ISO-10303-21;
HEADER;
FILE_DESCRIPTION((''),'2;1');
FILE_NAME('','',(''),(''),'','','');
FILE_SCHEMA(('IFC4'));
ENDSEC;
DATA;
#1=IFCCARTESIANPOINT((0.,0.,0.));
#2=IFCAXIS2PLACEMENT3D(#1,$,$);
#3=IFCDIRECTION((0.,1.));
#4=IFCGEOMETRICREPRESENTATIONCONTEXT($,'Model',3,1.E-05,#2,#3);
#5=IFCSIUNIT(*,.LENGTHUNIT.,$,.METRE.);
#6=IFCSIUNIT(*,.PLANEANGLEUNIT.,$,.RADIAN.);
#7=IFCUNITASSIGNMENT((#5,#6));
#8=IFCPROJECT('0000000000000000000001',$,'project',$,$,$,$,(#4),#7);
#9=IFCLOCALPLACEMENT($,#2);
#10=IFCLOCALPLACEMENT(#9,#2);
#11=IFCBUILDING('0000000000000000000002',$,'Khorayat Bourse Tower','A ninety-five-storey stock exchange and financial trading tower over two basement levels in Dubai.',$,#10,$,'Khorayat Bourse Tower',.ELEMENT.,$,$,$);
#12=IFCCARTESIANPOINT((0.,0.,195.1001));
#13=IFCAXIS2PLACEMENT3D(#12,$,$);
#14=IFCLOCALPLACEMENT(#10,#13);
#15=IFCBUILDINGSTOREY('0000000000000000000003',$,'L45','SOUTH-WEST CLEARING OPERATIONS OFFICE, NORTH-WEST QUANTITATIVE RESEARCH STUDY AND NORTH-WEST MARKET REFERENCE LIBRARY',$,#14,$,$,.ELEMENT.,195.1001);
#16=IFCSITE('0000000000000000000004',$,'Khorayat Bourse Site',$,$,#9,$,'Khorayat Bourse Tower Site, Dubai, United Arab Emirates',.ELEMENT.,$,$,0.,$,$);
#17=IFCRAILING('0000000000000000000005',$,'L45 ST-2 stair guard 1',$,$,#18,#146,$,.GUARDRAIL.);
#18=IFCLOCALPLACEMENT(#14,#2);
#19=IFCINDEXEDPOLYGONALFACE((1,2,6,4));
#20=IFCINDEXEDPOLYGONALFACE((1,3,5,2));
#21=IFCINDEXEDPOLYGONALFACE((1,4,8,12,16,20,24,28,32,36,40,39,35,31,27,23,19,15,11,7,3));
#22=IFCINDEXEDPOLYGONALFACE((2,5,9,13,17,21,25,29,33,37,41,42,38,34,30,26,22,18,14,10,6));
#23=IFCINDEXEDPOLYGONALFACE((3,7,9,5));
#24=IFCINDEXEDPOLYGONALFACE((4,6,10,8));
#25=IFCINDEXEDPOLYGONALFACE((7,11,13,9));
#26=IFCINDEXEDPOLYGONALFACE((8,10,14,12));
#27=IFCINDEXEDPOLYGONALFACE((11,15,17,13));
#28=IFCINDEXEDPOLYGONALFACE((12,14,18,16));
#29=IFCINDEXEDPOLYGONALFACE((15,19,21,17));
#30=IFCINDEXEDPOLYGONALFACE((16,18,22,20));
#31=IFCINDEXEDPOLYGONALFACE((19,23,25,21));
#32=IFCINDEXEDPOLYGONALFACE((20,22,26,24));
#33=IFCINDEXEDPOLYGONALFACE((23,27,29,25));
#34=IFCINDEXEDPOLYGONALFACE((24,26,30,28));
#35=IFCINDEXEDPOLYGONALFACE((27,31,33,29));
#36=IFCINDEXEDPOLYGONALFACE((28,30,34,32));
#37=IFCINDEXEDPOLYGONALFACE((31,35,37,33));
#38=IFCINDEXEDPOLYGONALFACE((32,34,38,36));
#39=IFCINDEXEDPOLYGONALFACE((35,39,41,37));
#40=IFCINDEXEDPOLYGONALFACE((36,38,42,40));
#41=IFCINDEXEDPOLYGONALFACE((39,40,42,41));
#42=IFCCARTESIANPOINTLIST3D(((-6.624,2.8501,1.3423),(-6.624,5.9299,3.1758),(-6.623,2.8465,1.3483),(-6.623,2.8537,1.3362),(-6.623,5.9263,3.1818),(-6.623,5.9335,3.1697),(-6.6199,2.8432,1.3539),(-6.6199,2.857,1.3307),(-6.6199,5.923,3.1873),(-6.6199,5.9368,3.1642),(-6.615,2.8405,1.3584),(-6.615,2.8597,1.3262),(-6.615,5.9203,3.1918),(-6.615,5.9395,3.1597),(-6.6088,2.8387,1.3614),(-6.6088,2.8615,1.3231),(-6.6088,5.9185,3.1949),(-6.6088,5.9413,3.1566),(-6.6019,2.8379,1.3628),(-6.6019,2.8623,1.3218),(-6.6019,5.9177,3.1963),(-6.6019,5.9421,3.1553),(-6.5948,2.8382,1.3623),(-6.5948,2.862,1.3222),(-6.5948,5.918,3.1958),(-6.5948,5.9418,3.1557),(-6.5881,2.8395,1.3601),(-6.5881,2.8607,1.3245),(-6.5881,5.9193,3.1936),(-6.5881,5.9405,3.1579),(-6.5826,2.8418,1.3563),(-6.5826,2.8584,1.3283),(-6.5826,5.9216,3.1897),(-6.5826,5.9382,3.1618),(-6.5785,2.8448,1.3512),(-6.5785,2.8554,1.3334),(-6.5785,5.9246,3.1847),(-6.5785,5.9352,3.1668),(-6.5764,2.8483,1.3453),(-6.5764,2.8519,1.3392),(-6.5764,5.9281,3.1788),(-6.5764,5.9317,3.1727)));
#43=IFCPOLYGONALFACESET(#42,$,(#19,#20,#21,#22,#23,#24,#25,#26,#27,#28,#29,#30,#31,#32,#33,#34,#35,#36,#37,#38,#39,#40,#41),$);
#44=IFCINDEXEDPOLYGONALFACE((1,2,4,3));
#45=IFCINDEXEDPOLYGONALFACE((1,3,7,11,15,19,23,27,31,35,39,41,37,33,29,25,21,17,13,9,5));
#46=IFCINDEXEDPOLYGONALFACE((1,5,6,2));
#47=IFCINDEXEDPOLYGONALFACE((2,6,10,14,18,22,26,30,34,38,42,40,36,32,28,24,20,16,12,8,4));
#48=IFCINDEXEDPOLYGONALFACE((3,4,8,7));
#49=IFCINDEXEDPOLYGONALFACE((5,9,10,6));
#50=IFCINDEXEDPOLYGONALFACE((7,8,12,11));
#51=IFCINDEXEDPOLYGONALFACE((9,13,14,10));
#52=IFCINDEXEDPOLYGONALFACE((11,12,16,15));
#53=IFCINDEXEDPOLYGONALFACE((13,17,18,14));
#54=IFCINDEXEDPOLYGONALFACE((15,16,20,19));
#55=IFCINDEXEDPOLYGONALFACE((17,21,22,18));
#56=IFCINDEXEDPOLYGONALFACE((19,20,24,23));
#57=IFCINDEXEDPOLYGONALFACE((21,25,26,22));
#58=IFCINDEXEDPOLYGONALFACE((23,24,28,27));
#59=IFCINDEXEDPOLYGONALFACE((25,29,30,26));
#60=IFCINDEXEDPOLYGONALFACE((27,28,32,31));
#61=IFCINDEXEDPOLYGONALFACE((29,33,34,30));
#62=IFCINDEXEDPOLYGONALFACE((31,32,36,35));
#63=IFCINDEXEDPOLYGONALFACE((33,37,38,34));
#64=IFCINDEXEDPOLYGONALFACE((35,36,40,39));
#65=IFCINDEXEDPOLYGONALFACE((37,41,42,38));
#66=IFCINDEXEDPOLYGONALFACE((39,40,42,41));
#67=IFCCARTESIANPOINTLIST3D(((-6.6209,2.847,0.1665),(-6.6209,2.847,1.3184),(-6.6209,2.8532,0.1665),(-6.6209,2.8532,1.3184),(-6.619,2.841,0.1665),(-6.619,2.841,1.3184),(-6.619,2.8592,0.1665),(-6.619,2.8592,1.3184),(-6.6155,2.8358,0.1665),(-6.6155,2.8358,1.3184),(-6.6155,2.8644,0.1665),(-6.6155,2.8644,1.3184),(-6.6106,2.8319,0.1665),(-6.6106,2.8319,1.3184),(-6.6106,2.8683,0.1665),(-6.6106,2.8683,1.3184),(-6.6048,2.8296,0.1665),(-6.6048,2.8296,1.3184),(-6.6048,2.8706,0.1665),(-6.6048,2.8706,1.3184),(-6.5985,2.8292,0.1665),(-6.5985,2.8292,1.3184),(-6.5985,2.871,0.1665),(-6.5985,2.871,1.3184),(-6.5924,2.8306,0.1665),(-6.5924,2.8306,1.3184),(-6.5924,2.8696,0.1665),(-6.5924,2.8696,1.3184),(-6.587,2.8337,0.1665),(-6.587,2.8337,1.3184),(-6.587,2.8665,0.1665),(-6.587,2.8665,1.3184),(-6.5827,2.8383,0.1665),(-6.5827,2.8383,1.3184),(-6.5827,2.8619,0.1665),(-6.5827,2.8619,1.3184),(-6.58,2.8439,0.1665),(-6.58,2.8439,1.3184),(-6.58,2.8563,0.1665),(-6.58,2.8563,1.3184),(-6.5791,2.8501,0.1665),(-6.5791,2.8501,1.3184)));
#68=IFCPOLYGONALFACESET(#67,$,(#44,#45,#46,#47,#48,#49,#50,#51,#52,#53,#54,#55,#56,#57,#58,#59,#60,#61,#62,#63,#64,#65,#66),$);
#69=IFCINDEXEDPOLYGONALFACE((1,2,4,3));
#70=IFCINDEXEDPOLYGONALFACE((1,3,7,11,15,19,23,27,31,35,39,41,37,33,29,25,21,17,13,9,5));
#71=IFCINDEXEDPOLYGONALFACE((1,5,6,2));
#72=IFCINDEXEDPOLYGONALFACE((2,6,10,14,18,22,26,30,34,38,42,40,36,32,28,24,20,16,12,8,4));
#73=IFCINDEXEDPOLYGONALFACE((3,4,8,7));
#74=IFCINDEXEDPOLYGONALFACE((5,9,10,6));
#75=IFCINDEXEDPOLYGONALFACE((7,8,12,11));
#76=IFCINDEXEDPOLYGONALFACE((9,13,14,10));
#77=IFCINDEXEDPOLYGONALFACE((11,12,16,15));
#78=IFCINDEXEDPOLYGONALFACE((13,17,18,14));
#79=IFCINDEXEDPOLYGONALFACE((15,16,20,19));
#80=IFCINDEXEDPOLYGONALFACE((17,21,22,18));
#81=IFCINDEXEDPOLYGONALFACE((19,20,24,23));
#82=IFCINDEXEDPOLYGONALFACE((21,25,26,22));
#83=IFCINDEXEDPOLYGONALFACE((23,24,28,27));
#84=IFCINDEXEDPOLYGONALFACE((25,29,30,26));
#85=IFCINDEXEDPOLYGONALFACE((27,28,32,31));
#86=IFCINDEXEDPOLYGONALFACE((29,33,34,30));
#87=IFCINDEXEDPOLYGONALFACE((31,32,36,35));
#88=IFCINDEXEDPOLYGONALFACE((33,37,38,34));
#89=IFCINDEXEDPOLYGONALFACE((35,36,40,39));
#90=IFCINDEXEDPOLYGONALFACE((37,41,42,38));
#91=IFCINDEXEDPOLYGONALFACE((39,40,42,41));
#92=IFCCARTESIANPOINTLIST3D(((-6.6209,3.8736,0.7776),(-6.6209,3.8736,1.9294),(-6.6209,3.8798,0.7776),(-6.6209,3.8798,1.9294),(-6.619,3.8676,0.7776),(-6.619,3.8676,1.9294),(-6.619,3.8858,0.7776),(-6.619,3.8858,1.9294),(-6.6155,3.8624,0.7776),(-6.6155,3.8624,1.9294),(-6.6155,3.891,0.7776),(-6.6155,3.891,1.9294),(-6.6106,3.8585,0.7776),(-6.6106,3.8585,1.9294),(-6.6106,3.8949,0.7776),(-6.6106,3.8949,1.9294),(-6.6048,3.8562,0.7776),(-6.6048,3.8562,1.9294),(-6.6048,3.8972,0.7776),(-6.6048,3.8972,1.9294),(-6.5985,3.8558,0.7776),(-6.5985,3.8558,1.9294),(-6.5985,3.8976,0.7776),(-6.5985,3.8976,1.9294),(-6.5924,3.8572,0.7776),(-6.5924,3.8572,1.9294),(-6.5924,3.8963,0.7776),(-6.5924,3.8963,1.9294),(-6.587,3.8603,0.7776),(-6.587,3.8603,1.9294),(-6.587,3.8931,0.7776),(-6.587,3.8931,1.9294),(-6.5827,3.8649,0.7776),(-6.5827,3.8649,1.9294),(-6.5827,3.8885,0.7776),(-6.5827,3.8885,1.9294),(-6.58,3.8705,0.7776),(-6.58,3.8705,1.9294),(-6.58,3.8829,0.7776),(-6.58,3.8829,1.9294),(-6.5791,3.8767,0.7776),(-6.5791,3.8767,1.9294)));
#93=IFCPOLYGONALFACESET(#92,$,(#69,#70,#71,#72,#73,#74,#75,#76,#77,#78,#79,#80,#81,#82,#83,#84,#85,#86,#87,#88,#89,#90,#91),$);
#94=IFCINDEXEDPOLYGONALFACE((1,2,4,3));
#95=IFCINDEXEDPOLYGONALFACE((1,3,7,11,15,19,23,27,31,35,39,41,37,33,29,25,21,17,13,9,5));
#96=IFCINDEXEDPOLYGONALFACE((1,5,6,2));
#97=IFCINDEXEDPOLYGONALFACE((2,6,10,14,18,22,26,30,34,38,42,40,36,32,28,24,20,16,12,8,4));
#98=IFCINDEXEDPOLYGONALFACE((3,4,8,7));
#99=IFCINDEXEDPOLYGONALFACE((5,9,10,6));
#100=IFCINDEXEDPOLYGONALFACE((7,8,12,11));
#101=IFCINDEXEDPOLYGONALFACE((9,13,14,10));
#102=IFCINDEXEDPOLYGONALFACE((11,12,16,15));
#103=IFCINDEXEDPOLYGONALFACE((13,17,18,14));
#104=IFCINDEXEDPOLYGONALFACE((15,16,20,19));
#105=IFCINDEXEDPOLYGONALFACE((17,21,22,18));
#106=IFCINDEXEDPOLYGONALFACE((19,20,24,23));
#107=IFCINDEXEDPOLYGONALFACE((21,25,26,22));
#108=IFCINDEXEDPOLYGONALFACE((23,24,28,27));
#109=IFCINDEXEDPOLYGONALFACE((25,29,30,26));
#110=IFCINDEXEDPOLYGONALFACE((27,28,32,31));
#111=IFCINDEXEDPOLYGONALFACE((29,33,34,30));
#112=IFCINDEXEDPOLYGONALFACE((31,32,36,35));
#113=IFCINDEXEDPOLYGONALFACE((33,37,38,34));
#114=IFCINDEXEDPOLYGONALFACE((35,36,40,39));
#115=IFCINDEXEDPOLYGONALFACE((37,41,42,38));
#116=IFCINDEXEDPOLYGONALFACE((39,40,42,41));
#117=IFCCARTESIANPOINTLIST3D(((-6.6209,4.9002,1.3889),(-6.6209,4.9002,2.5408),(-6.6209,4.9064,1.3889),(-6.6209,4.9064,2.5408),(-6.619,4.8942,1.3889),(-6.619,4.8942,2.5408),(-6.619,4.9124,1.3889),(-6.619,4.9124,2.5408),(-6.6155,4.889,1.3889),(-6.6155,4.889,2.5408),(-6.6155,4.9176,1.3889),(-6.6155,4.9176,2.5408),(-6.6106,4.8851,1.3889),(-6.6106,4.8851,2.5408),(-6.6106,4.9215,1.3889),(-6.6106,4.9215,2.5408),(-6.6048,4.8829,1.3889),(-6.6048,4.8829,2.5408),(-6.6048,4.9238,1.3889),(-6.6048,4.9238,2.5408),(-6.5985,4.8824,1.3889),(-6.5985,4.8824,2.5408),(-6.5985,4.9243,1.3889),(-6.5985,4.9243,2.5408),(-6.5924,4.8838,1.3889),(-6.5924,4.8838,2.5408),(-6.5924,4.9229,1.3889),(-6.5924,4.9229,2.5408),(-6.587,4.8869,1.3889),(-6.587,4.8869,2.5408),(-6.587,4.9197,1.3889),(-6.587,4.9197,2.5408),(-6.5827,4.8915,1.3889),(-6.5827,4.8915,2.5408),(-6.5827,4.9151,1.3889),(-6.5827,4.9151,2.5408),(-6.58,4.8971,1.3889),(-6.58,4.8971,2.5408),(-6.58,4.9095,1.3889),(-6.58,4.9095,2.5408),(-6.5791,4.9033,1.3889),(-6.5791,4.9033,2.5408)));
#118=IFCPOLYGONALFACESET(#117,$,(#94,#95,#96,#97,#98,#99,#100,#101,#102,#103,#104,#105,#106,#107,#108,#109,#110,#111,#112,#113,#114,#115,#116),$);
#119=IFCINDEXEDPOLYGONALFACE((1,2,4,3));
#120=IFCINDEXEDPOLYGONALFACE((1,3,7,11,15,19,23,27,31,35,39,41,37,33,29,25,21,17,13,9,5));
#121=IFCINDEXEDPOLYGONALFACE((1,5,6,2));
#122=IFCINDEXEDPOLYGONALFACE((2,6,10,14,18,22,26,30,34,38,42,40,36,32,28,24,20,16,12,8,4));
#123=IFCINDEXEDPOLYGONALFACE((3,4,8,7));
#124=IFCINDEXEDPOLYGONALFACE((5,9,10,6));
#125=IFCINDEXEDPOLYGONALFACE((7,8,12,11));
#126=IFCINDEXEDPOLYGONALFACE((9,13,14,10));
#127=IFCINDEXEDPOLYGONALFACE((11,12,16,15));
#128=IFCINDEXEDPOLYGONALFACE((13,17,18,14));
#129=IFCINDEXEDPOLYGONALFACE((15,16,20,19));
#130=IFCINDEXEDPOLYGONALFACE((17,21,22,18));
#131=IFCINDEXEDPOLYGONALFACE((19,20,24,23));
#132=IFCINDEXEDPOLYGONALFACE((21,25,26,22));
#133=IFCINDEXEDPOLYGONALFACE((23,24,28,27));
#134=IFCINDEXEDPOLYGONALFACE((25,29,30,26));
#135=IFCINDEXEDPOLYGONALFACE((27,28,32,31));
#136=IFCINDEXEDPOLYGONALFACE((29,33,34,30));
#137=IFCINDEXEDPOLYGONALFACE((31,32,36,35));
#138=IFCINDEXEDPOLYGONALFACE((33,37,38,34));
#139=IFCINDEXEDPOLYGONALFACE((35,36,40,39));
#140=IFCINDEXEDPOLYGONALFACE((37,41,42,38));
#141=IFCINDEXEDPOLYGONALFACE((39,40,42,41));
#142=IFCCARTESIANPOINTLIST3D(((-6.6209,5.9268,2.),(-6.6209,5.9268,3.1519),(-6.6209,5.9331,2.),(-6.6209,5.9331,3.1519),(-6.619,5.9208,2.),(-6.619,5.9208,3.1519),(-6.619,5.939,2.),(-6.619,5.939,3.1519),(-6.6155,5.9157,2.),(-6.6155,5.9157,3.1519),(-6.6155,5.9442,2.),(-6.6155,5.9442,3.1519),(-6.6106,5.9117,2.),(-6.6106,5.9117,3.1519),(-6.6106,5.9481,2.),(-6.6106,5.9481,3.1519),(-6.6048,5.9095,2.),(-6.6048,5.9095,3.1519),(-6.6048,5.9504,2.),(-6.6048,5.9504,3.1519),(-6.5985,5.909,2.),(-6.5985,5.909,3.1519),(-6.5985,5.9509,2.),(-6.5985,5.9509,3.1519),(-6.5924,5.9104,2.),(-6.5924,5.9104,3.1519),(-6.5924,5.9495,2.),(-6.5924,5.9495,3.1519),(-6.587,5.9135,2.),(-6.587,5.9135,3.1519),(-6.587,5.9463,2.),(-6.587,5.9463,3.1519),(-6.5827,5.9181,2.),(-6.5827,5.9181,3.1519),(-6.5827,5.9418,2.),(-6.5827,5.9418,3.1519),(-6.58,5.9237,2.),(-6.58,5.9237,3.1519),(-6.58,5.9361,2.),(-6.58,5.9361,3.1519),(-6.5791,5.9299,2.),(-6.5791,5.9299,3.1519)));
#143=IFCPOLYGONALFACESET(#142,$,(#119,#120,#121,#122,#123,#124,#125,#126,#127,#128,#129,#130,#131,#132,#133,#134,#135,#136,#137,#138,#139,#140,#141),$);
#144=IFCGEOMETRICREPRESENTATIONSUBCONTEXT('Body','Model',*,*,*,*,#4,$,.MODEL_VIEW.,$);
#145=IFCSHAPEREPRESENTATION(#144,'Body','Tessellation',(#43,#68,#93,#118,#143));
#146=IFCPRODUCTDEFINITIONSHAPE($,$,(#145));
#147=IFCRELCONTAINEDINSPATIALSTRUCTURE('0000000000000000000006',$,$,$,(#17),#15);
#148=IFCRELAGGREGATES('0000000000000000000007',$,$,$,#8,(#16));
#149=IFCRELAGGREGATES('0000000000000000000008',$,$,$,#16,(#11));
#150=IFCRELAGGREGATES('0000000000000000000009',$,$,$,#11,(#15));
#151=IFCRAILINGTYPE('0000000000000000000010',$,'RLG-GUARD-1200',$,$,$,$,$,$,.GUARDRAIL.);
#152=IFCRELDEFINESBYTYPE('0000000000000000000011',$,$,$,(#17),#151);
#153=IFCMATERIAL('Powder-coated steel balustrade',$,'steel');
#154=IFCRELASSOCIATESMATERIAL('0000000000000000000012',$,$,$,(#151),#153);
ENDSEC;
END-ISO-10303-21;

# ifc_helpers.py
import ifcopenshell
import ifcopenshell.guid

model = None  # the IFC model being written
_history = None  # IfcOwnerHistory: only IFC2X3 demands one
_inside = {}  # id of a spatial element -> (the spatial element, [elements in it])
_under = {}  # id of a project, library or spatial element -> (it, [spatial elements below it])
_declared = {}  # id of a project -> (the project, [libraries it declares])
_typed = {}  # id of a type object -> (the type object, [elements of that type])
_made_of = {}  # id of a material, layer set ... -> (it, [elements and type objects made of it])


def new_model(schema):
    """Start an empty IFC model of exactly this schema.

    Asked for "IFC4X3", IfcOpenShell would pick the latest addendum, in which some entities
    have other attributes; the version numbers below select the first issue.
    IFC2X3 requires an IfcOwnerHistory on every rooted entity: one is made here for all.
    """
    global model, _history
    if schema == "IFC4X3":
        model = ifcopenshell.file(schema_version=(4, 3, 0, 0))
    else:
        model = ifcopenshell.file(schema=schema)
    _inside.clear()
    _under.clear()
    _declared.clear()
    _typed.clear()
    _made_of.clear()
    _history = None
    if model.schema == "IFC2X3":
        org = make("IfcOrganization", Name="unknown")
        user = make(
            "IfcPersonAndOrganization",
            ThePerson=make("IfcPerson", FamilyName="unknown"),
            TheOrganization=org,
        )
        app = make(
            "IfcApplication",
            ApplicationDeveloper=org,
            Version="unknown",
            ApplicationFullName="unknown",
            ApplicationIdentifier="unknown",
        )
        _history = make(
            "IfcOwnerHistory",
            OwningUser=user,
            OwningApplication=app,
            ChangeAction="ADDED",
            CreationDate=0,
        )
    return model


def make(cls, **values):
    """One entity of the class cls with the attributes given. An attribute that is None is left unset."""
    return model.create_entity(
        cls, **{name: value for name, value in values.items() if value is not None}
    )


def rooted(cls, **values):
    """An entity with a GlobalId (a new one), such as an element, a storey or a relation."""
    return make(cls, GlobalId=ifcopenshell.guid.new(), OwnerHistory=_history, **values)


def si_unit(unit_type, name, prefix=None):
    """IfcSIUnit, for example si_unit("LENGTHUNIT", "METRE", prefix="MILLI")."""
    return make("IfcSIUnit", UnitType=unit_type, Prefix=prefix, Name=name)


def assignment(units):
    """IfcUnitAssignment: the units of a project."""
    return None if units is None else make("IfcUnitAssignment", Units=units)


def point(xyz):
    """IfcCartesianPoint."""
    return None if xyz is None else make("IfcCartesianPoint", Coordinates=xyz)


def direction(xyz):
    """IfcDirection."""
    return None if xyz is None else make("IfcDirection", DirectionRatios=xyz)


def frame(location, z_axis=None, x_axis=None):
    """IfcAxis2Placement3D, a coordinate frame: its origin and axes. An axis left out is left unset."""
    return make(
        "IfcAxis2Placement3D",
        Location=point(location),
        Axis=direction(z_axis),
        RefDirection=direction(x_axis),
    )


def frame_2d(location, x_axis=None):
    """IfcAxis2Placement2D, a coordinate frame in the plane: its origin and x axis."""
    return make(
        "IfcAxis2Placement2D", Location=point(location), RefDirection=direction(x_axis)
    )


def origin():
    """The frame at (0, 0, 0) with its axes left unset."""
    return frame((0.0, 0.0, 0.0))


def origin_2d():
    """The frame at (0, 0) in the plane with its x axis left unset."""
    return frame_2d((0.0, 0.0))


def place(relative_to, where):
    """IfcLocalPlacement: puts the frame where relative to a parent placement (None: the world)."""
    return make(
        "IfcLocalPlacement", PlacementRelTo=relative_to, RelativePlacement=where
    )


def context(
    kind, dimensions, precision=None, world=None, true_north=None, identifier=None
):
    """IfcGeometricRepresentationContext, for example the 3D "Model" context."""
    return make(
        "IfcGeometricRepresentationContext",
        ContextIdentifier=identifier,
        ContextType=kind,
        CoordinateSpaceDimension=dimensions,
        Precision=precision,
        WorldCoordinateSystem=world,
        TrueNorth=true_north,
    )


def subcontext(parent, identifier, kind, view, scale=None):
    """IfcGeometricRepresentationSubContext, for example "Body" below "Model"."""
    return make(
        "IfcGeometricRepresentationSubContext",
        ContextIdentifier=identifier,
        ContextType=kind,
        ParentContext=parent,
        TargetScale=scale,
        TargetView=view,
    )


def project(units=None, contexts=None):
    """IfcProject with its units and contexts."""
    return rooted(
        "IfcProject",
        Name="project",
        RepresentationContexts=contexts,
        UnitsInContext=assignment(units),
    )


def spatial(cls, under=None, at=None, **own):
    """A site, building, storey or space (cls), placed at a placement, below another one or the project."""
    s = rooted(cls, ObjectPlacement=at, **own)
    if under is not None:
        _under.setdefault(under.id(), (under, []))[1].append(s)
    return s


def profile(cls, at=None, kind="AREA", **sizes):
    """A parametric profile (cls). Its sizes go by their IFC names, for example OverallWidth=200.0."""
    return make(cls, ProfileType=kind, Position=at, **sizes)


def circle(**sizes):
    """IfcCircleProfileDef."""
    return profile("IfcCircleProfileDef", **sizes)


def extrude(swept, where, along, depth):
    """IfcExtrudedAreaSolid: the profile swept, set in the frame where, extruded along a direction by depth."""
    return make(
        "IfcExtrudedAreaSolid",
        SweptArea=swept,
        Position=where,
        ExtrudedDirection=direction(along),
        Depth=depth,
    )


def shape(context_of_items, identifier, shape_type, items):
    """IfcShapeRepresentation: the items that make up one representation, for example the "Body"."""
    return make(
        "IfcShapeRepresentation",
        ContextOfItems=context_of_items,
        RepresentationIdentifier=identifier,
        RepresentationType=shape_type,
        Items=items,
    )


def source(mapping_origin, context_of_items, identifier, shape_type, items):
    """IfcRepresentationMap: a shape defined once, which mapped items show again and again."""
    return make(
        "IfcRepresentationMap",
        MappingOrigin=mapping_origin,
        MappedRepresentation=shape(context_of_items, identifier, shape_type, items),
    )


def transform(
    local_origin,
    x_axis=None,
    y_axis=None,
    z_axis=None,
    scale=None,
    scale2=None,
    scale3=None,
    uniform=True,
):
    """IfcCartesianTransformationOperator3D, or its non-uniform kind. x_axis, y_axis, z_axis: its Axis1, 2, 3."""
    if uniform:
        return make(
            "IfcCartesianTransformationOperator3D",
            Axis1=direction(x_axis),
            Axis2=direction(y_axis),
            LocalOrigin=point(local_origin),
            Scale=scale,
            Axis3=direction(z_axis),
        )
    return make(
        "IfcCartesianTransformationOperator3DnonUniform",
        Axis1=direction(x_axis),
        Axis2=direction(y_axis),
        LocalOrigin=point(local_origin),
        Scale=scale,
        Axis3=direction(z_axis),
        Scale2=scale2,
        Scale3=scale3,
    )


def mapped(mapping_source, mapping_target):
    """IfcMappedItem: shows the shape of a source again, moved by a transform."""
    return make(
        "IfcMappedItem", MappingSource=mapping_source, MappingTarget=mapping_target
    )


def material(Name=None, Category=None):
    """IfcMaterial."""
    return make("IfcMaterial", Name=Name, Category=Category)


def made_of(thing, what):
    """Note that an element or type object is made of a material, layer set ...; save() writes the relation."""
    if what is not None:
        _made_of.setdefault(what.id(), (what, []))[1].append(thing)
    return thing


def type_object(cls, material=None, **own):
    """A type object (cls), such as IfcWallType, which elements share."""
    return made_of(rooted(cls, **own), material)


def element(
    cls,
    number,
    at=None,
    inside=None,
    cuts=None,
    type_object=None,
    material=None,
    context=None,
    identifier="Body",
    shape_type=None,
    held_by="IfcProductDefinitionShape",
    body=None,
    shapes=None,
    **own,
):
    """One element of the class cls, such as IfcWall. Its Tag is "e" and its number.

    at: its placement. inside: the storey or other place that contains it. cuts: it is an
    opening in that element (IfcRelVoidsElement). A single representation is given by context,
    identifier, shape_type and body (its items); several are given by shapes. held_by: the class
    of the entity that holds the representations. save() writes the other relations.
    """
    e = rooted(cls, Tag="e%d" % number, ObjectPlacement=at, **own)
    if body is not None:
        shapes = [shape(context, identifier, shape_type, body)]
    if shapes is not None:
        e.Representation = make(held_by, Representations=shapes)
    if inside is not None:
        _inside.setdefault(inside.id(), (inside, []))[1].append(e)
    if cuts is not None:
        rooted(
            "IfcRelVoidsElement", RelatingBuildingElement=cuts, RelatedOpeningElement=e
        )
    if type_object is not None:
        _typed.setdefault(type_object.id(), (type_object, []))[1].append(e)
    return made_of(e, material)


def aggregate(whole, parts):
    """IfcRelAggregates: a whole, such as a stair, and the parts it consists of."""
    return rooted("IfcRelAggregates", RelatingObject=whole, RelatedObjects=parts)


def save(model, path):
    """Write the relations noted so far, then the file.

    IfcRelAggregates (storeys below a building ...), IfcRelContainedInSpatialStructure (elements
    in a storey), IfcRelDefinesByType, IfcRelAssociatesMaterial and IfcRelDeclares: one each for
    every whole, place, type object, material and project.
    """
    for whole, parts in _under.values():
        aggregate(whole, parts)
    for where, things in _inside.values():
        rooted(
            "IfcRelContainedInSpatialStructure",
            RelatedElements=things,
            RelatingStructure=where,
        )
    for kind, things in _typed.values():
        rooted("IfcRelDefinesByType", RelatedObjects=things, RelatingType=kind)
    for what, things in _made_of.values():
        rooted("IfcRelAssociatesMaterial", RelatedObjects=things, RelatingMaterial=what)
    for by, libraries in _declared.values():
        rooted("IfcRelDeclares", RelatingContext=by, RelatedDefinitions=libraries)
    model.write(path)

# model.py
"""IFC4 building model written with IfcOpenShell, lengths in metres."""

from ifc_helpers import new_model, si_unit, direction, frame, origin, origin_2d, place, context, subcontext, project, spatial, circle, extrude, source, transform, mapped, material, type_object, element, save


model = new_model("IFC4")

# Units and contexts
model_context = context("Model", 3, precision=1e-05, world=origin(), true_north=direction((0.0, 1.0)))
body_context = subcontext(model_context, "Body", "Model", "MODEL_VIEW")
ifc_project = project(units=[si_unit("LENGTHUNIT", "METRE"), si_unit("PLANEANGLEUNIT", "RADIAN")], contexts=[model_context])

# Site, building, storey
site_placement = place(None, origin())
site = spatial("IfcSite", under=ifc_project, at=site_placement, Name="Khorayat Bourse Site", LongName="Khorayat Bourse Tower Site, Dubai, United Arab Emirates", CompositionType="ELEMENT", RefElevation=0.0)
building_placement = place(site_placement, origin())
building = spatial("IfcBuilding", under=site, at=building_placement, Name="Khorayat Bourse Tower", Description="A ninety-five-storey stock exchange and financial trading tower over two basement levels in Dubai.", LongName="Khorayat Bourse Tower", CompositionType="ELEMENT")
storey_placement = place(building_placement, frame((0.0, 0.0, 195.1001)))
storey = spatial("IfcBuildingStorey", under=building, at=storey_placement, Name="L45", Description="SOUTH-WEST CLEARING OPERATIONS OFFICE, NORTH-WEST QUANTITATIVE RESEARCH STUDY AND NORTH-WEST MARKET REFERENCE LIBRARY", CompositionType="ELEMENT", Elevation=195.1001)

# Railing
ifc_material_1 = material(Name="Powder-coated steel balustrade", Category="steel")
railing_type_1 = type_object("IfcRailingType", Name="RLG-GUARD-1200", PredefinedType="GUARDRAIL", material=ifc_material_1)
shared_shape_1 = source(origin(), body_context, "Body", "SweptSolid", [
    extrude(circle(Radius=0.0239, at=origin_2d()), frame((0.0, 0.0, 1.1758), z_axis=(0.0, 0.859261, 0.511538), x_axis=(-1.0, 0.0, 0.0)), (0.0, 0.0, 1.0), 3.5842),
    extrude(circle(Radius=0.021, at=origin_2d()), origin(), (0.0, 0.0, 1.0), 1.1519),
    extrude(circle(Radius=0.021, at=origin_2d()), frame((0.0, 1.0266, 0.6111)), (0.0, 0.0, 1.0), 1.1519),
    extrude(circle(Radius=0.021, at=origin_2d()), frame((0.0, 2.0532, 1.2224)), (0.0, 0.0, 1.0), 1.1519),
    extrude(circle(Radius=0.021, at=origin_2d()), frame((0.0, 3.0798, 1.8335)), (0.0, 0.0, 1.0), 1.1519),
])
railing_1_placement = place(storey_placement, frame((-6.6001, 2.8501, 0.1665)))
element("IfcRailing", 1, at=railing_1_placement, inside=storey, type_object=railing_type_1, Name="L45 ST-2 stair guard 1", PredefinedType="GUARDRAIL", context=body_context, shape_type="MappedRepresentation", body=[
    mapped(shared_shape_1, transform((0.0, 0.0, 0.0), scale=1.0)),
])

save(model, "model.ifc")
